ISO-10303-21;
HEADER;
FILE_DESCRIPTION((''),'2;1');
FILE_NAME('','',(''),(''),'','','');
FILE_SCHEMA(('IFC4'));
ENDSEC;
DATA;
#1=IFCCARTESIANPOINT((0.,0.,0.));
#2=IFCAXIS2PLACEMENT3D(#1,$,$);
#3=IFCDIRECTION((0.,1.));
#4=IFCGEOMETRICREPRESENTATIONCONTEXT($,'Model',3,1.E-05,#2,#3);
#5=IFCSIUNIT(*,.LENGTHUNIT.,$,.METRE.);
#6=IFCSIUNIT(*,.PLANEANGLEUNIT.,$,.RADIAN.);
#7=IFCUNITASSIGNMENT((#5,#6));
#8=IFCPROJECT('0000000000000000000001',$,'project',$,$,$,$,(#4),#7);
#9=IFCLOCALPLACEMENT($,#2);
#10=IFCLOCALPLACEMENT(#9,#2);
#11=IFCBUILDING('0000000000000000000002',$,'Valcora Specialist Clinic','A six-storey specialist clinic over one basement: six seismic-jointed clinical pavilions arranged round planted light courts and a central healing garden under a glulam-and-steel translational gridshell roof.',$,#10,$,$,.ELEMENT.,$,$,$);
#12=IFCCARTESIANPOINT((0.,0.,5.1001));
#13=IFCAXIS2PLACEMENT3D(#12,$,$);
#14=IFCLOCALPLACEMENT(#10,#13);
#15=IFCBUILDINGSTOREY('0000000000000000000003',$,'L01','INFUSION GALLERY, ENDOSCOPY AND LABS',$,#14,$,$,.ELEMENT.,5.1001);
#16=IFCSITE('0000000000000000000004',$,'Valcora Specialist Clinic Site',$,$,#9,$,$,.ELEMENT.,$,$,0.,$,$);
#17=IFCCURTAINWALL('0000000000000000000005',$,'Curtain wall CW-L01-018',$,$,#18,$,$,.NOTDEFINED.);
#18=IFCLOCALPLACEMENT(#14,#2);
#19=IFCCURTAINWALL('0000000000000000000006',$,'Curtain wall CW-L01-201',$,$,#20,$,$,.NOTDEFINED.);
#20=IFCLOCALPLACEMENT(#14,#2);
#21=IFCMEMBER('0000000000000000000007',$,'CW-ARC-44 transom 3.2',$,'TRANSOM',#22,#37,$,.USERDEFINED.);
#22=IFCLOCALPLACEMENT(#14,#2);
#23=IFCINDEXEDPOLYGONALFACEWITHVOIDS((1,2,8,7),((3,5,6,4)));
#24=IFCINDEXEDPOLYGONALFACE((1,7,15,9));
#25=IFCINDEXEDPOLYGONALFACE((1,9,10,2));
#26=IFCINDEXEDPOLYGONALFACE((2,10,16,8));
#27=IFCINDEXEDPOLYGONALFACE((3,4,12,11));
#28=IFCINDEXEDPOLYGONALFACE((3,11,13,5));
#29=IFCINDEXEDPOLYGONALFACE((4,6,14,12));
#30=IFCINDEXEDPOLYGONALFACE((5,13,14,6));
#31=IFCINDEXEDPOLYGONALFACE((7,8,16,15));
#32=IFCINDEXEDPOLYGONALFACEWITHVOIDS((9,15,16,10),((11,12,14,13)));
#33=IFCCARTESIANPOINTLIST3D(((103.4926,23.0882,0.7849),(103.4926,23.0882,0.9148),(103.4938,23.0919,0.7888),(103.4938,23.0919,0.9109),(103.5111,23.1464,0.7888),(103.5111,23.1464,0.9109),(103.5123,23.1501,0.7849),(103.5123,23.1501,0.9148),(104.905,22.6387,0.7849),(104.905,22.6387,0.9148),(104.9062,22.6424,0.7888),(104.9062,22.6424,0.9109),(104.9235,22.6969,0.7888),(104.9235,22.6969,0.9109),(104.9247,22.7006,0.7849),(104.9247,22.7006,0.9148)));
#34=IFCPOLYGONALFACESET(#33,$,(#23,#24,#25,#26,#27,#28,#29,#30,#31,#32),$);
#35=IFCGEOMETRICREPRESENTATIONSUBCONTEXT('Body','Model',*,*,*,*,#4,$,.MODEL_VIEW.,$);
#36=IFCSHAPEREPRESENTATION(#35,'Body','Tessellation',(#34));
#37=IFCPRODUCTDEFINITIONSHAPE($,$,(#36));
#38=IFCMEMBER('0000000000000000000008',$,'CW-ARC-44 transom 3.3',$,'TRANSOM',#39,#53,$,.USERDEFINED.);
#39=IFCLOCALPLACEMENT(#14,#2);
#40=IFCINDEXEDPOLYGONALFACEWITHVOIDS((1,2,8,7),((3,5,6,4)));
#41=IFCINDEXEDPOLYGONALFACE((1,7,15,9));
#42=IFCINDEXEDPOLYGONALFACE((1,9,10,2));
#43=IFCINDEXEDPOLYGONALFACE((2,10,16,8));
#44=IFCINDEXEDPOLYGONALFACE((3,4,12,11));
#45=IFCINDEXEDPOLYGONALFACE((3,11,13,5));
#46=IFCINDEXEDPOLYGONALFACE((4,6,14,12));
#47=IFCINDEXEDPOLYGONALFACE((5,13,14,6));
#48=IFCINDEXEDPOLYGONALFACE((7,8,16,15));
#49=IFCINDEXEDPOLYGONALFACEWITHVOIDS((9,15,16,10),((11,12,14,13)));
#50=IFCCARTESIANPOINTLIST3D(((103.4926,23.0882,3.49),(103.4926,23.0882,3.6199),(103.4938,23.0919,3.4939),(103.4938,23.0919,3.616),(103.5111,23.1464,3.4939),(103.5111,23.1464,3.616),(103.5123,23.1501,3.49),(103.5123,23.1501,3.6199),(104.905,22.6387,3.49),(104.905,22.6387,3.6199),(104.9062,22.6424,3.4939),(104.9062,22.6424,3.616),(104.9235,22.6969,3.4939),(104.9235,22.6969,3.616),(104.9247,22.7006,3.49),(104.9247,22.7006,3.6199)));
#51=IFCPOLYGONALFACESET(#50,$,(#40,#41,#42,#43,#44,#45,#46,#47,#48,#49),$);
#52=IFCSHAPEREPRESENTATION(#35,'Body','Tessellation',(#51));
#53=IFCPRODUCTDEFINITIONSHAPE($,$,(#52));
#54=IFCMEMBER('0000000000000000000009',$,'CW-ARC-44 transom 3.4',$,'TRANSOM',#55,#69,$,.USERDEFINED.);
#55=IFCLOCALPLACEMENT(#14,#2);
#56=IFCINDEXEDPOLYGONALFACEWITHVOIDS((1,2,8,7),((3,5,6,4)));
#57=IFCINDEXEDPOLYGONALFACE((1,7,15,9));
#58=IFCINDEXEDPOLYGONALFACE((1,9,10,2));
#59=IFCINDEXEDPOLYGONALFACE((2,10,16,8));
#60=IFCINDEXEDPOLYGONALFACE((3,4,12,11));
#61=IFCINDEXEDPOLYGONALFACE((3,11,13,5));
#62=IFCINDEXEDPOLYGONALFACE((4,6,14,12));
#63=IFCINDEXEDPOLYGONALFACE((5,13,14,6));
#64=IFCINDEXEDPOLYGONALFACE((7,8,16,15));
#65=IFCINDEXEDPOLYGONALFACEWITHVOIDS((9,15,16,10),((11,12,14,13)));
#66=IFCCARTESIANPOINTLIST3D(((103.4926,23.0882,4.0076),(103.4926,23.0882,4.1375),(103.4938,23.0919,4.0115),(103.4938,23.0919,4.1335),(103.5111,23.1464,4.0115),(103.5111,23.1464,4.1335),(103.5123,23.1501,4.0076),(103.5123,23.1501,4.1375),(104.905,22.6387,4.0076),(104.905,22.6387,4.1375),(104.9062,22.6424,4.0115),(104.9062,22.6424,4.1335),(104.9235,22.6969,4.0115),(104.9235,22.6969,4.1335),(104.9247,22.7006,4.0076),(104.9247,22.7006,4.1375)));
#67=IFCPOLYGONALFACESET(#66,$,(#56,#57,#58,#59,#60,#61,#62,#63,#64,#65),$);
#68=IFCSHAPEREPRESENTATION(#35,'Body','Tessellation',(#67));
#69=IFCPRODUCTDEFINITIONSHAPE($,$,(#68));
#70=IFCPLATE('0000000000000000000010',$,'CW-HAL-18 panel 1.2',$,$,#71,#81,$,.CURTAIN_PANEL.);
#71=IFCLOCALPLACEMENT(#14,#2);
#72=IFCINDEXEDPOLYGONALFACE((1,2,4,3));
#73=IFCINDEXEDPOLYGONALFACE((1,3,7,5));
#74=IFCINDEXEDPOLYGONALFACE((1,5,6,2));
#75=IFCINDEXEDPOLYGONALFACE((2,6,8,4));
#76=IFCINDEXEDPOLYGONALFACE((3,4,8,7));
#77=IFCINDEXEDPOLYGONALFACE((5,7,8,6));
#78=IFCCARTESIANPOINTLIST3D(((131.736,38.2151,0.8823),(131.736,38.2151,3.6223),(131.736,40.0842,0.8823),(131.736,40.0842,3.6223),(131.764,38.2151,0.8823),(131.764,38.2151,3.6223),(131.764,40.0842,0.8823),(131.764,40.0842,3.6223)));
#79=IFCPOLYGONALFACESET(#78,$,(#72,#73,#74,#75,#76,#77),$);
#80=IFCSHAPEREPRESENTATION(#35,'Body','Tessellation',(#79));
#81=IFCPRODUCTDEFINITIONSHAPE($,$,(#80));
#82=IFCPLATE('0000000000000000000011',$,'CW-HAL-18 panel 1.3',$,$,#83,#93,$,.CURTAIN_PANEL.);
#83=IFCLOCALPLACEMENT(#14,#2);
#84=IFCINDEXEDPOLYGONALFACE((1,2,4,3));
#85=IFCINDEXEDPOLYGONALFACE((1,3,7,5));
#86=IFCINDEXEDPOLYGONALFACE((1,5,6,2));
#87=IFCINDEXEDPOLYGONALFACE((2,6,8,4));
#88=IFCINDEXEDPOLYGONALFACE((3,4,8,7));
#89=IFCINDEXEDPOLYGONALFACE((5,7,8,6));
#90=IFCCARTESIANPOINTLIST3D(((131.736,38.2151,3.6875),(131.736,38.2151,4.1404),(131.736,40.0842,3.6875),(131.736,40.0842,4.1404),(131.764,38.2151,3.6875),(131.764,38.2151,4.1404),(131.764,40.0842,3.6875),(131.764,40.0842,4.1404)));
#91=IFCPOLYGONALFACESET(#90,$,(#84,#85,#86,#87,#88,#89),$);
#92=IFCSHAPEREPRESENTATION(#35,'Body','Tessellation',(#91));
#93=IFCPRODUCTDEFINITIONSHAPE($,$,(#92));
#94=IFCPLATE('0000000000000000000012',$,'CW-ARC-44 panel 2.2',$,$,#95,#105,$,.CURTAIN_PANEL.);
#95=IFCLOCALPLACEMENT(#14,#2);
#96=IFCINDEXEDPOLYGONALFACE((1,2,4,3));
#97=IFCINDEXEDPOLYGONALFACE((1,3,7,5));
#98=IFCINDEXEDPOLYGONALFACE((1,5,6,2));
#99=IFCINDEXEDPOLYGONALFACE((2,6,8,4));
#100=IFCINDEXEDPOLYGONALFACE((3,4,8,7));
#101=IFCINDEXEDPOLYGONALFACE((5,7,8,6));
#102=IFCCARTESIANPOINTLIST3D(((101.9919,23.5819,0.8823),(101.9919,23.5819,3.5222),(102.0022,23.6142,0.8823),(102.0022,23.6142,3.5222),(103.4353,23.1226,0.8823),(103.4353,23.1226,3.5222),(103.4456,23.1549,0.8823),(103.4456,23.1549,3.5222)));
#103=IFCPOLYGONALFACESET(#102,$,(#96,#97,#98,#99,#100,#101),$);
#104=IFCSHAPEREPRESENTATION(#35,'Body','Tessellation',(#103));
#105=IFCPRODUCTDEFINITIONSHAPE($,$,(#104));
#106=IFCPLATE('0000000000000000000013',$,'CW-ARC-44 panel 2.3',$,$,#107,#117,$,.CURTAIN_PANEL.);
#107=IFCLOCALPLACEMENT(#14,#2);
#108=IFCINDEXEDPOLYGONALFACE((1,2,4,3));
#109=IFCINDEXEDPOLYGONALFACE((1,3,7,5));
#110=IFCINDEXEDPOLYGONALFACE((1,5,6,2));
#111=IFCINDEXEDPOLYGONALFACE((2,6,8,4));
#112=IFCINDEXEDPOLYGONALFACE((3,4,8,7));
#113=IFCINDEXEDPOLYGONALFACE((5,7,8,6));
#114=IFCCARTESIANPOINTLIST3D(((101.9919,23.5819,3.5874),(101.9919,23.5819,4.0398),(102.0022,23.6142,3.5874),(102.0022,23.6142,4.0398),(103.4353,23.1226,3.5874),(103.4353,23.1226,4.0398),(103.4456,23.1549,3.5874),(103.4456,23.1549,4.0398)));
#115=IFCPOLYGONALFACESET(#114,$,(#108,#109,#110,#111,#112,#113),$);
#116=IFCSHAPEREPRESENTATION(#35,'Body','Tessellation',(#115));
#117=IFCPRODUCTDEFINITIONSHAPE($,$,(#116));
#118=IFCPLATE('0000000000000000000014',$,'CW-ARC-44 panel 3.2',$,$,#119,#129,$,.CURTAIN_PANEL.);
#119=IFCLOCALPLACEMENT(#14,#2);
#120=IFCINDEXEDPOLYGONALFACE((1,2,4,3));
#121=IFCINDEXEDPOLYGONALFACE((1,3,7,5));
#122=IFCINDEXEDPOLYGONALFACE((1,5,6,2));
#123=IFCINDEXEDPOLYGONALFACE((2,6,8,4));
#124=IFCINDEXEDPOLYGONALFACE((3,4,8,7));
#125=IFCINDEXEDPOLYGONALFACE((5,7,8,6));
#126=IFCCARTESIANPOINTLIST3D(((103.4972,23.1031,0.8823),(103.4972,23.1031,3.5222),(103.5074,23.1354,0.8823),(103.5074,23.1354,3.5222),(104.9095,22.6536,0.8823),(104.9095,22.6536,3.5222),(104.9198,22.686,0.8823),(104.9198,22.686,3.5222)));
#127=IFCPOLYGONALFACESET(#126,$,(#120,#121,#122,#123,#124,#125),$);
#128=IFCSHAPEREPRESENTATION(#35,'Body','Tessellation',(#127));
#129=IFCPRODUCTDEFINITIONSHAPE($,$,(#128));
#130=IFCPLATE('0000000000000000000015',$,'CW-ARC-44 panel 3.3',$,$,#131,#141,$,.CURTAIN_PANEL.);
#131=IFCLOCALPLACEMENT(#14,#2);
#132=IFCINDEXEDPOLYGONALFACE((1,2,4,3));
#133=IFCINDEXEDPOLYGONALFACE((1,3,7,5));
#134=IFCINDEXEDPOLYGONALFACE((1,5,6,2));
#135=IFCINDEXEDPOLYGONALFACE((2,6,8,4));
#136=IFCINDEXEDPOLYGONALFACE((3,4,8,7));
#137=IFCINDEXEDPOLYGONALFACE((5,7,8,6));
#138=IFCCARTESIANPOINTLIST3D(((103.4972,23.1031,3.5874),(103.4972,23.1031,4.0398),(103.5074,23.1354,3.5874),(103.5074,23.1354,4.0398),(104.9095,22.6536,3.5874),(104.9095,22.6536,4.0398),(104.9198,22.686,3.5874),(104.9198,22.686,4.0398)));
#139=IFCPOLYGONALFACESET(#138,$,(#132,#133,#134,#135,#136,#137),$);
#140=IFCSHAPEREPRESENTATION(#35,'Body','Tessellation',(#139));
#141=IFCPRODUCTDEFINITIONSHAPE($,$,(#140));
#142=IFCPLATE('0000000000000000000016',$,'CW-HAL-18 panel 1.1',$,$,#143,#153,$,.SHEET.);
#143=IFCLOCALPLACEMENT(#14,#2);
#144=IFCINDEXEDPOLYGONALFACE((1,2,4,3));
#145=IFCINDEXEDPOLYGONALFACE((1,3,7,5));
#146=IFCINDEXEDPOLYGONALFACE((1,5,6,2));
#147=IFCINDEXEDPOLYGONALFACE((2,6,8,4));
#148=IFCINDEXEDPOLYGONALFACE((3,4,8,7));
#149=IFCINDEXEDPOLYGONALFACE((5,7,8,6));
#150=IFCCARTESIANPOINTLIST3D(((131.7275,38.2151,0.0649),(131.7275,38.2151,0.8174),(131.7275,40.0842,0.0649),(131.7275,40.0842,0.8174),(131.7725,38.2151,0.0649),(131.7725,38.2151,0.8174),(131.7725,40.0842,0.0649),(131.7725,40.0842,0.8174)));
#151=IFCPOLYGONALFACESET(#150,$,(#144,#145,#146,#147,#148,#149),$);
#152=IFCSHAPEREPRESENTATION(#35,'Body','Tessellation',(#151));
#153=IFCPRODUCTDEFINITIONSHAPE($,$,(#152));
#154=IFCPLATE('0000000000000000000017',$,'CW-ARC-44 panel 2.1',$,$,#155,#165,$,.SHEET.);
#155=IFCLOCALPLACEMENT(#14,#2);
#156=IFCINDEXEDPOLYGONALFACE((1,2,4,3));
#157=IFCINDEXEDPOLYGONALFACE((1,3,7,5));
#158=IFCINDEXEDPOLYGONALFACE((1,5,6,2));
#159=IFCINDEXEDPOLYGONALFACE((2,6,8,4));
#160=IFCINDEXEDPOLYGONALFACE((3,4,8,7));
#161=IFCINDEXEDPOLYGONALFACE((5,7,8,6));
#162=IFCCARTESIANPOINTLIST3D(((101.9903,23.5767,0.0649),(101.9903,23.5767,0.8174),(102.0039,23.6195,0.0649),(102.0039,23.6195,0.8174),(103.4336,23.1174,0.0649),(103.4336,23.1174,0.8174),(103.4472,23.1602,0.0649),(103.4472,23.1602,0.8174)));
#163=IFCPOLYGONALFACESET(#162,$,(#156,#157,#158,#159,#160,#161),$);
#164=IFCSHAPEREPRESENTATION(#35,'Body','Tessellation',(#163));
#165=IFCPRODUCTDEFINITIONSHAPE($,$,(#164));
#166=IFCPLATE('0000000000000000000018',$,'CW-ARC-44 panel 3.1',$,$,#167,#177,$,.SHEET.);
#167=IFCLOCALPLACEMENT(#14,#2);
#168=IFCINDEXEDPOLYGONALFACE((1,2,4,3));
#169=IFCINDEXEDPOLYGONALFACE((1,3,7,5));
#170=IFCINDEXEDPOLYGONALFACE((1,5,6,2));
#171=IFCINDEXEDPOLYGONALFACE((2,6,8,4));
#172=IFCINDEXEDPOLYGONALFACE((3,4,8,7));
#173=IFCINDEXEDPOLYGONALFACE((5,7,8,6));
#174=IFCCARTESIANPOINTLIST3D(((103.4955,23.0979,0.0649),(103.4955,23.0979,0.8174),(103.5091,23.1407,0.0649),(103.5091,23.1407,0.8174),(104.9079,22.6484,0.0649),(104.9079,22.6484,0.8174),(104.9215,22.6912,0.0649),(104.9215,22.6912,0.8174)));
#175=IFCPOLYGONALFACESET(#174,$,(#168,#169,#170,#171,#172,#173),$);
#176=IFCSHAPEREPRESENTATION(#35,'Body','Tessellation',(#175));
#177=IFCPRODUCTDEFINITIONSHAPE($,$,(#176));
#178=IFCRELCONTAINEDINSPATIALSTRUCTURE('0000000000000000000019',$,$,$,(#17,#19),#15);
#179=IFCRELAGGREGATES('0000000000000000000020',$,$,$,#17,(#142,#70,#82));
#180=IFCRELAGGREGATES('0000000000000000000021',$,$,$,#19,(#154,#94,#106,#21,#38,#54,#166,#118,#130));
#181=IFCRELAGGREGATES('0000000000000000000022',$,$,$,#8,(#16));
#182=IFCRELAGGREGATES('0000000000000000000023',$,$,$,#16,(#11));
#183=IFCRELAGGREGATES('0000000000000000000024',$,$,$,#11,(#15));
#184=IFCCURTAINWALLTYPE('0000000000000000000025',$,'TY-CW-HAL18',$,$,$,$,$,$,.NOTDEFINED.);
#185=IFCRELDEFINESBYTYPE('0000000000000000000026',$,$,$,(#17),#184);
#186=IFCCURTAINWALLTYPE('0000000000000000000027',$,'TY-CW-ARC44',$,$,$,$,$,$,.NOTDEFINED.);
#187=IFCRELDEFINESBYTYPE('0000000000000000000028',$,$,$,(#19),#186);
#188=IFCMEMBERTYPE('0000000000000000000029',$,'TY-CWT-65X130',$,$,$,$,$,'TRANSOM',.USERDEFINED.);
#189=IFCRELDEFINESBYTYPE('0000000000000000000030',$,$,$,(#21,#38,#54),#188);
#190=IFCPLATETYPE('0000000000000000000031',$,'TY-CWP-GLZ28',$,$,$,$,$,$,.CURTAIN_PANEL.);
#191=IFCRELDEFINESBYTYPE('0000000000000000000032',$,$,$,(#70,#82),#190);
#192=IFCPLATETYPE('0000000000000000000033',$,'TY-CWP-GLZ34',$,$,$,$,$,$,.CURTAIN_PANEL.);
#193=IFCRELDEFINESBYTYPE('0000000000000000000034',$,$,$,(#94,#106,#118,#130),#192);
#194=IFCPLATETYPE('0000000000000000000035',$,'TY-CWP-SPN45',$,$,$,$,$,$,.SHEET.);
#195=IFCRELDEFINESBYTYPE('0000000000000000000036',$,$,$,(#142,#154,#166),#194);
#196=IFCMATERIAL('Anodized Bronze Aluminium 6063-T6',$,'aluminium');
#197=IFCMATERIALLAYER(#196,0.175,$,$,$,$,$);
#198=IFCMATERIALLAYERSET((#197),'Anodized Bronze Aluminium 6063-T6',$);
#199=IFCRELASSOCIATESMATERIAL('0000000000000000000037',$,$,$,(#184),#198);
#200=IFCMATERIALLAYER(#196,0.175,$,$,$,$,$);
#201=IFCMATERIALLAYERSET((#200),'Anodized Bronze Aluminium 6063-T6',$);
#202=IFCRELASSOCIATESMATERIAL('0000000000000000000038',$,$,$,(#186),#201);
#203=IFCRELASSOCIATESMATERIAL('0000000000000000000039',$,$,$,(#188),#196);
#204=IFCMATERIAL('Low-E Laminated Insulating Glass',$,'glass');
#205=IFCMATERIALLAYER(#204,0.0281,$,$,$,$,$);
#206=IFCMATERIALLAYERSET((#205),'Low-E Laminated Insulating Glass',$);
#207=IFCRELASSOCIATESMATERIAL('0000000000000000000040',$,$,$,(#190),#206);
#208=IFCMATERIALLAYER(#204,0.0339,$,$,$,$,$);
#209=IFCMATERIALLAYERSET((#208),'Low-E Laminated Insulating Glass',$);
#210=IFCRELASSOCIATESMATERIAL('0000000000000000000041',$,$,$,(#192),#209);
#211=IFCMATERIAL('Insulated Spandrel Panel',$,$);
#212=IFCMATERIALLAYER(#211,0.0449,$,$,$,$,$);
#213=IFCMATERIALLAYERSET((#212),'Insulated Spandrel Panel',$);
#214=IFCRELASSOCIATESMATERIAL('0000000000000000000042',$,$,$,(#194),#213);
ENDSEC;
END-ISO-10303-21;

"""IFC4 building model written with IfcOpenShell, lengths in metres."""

from ifc_helpers import new_model, si_unit, direction, frame, origin, origin_2d, place, context, subcontext, project, spatial, rectangle, hollow_rectangle, extrude, material, layer, layer_set, material_profile, profile_set, type_object, element, aggregate, save


model = new_model("IFC4")

# Units and contexts
model_context = context("Model", 3, precision=1e-05, world=origin(), true_north=direction((0.0, 1.0)))
body_context = subcontext(model_context, "Body", "Model", "MODEL_VIEW")
ifc_project = project(units=[si_unit("LENGTHUNIT", "METRE"), si_unit("PLANEANGLEUNIT", "RADIAN")], contexts=[model_context])

# Site, building, storey
site_placement = place(None, origin())
site = spatial("IfcSite", under=ifc_project, at=site_placement, Name="Valcora Specialist Clinic Site", CompositionType="ELEMENT", RefElevation=0.0)
building_placement = place(site_placement, origin())
building = spatial("IfcBuilding", under=site, at=building_placement, Name="Valcora Specialist Clinic", Description="A six-storey specialist clinic over one basement: six seismic-jointed clinical pavilions arranged round planted light courts and a central healing garden under a glulam-and-steel translational gridshell roof.", CompositionType="ELEMENT")
storey_placement = place(building_placement, frame((0.0, 0.0, 5.1001)))
storey = spatial("IfcBuildingStorey", under=building, at=storey_placement, Name="L01", Description="INFUSION GALLERY, ENDOSCOPY AND LABS", CompositionType="ELEMENT", Elevation=5.1001)

# Curtain walls
ifc_material_1 = material(Name="Anodized Bronze Aluminium 6063-T6", Category="aluminium")
ifc_layer_1 = layer(ifc_material_1, 0.175)
ifc_layer_set_1 = layer_set([ifc_layer_1], Name="Anodized Bronze Aluminium 6063-T6")
curtain_wall_type_1 = type_object("IfcCurtainWallType", Name="TY-CW-HAL18", PredefinedType="NOTDEFINED", material=ifc_layer_set_1)
curtain_wall_1_placement = place(storey_placement, origin())
curtain_wall_1 = element("IfcCurtainWall", 1, at=curtain_wall_1_placement, inside=storey, type_object=curtain_wall_type_1, Name="Curtain wall CW-L01-018", PredefinedType="NOTDEFINED")
ifc_layer_2 = layer(ifc_material_1, 0.175)
ifc_layer_set_2 = layer_set([ifc_layer_2], Name="Anodized Bronze Aluminium 6063-T6")
curtain_wall_type_2 = type_object("IfcCurtainWallType", Name="TY-CW-ARC44", PredefinedType="NOTDEFINED", material=ifc_layer_set_2)
curtain_wall_2_placement = place(storey_placement, origin())
curtain_wall_2 = element("IfcCurtainWall", 2, at=curtain_wall_2_placement, inside=storey, type_object=curtain_wall_type_2, Name="Curtain wall CW-L01-201", PredefinedType="NOTDEFINED")

# Members
ifc_material_profile_1 = material_profile(ifc_material_1, hollow_rectangle(XDim=0.0649, YDim=0.1299, WallThickness=0.0039, at=origin_2d()), Name="AL-TRN-65X130")
ifc_profile_set_1 = profile_set([ifc_material_profile_1], Name="Anodized Bronze Aluminium 6063-T6")
member_type_1 = type_object("IfcMemberType", Name="TY-CWT-65X130", ElementType="TRANSOM", PredefinedType="USERDEFINED", material=ifc_profile_set_1)
member_1_placement = place(storey_placement, frame((103.5024, 23.1191, 0.8499), z_axis=(0.952911, -0.303251, 0.0), x_axis=(0.303251, 0.952911, 0.0)))
member_1 = element("IfcMember", 3, at=member_1_placement, type_object=member_type_1, Name="CW-ARC-44 transom 3.2", ObjectType="TRANSOM", PredefinedType="USERDEFINED", context=body_context, shape_type="SweptSolid", body=[
    extrude(hollow_rectangle(XDim=0.0649, YDim=0.1299, WallThickness=0.0039, at=origin_2d()), origin(), (0.0, 0.0, 1.0), 1.4822),
])
member_2_placement = place(storey_placement, frame((103.5024, 23.1191, 3.5549), z_axis=(0.952911, -0.303251, 0.0), x_axis=(0.303251, 0.952911, 0.0)))
member_2 = element("IfcMember", 4, at=member_2_placement, type_object=member_type_1, Name="CW-ARC-44 transom 3.3", ObjectType="TRANSOM", PredefinedType="USERDEFINED", context=body_context, shape_type="SweptSolid", body=[
    extrude(hollow_rectangle(XDim=0.0649, YDim=0.1299, WallThickness=0.0039, at=origin_2d()), origin(), (0.0, 0.0, 1.0), 1.4822),
])
member_3_placement = place(storey_placement, frame((103.5024, 23.1191, 4.0725), z_axis=(0.952911, -0.303251, 0.0), x_axis=(0.303251, 0.952911, 0.0)))
member_3 = element("IfcMember", 5, at=member_3_placement, type_object=member_type_1, Name="CW-ARC-44 transom 3.4", ObjectType="TRANSOM", PredefinedType="USERDEFINED", context=body_context, shape_type="SweptSolid", body=[
    extrude(hollow_rectangle(XDim=0.0649, YDim=0.1299, WallThickness=0.0039, at=origin_2d()), origin(), (0.0, 0.0, 1.0), 1.4822),
])

# Plates
ifc_material_2 = material(Name="Low-E Laminated Insulating Glass", Category="glass")
ifc_layer_3 = layer(ifc_material_2, 0.0281)
ifc_layer_set_3 = layer_set([ifc_layer_3], Name="Low-E Laminated Insulating Glass")
plate_type_1 = type_object("IfcPlateType", Name="TY-CWP-GLZ28", PredefinedType="CURTAIN_PANEL", material=ifc_layer_set_3)
plate_1_placement = place(storey_placement, frame((131.75, 39.1497, 0.8823), z_axis=(0.0, 0.0, 1.0), x_axis=(0.0, 1.0, 0.0)))
plate_1 = element("IfcPlate", 6, at=plate_1_placement, type_object=plate_type_1, Name="CW-HAL-18 panel 1.2", PredefinedType="CURTAIN_PANEL", context=body_context, shape_type="SweptSolid", body=[
    extrude(rectangle(XDim=1.8691, YDim=0.0281, at=origin_2d()), origin(), (0.0, 0.0, 1.0), 2.74),
])
plate_2_placement = place(storey_placement, frame((131.75, 39.1497, 3.6875), z_axis=(0.0, 0.0, 1.0), x_axis=(0.0, 1.0, 0.0)))
plate_2 = element("IfcPlate", 7, at=plate_2_placement, type_object=plate_type_1, Name="CW-HAL-18 panel 1.3", PredefinedType="CURTAIN_PANEL", context=body_context, shape_type="SweptSolid", body=[
    extrude(rectangle(XDim=1.8691, YDim=0.0281, at=origin_2d()), origin(), (0.0, 0.0, 1.0), 0.4529),
])
ifc_layer_4 = layer(ifc_material_2, 0.0339)
ifc_layer_set_4 = layer_set([ifc_layer_4], Name="Low-E Laminated Insulating Glass")
plate_type_2 = type_object("IfcPlateType", Name="TY-CWP-GLZ34", PredefinedType="CURTAIN_PANEL", material=ifc_layer_set_4)
plate_3_placement = place(storey_placement, frame((102.7188, 23.3684, 0.8823), z_axis=(0.0, 0.0, 1.0), x_axis=(0.952916, -0.303233, 0.0)))
plate_3 = element("IfcPlate", 8, at=plate_3_placement, type_object=plate_type_2, Name="CW-ARC-44 panel 2.2", PredefinedType="CURTAIN_PANEL", context=body_context, shape_type="SweptSolid", body=[
    extrude(rectangle(XDim=1.5146, YDim=0.0339, at=origin_2d()), origin(), (0.0, 0.0, 1.0), 2.6399),
])
plate_4_placement = place(storey_placement, frame((102.7188, 23.3684, 3.5874), z_axis=(0.0, 0.0, 1.0), x_axis=(0.952916, -0.303233, 0.0)))
plate_4 = element("IfcPlate", 9, at=plate_4_placement, type_object=plate_type_2, Name="CW-ARC-44 panel 2.3", PredefinedType="CURTAIN_PANEL", context=body_context, shape_type="SweptSolid", body=[
    extrude(rectangle(XDim=1.5146, YDim=0.0339, at=origin_2d()), origin(), (0.0, 0.0, 1.0), 0.4524),
])
plate_5_placement = place(storey_placement, frame((104.2085, 22.8945, 0.8823), z_axis=(0.0, 0.0, 1.0), x_axis=(0.952916, -0.303233, 0.0)))
plate_5 = element("IfcPlate", 10, at=plate_5_placement, type_object=plate_type_2, Name="CW-ARC-44 panel 3.2", PredefinedType="CURTAIN_PANEL", context=body_context, shape_type="SweptSolid", body=[
    extrude(rectangle(XDim=1.4822, YDim=0.0339, at=origin_2d()), origin(), (0.0, 0.0, 1.0), 2.6399),
])
plate_6_placement = place(storey_placement, frame((104.2085, 22.8945, 3.5874), z_axis=(0.0, 0.0, 1.0), x_axis=(0.952916, -0.303233, 0.0)))
plate_6 = element("IfcPlate", 11, at=plate_6_placement, type_object=plate_type_2, Name="CW-ARC-44 panel 3.3", PredefinedType="CURTAIN_PANEL", context=body_context, shape_type="SweptSolid", body=[
    extrude(rectangle(XDim=1.4822, YDim=0.0339, at=origin_2d()), origin(), (0.0, 0.0, 1.0), 0.4524),
])
ifc_material_3 = material(Name="Insulated Spandrel Panel")
ifc_layer_5 = layer(ifc_material_3, 0.0449)
ifc_layer_set_5 = layer_set([ifc_layer_5], Name="Insulated Spandrel Panel")
plate_type_3 = type_object("IfcPlateType", Name="TY-CWP-SPN45", PredefinedType="SHEET", material=ifc_layer_set_5)
plate_7_placement = place(storey_placement, frame((131.75, 39.1497, 0.0649), z_axis=(0.0, 0.0, 1.0), x_axis=(0.0, 1.0, 0.0)))
plate_7 = element("IfcPlate", 12, at=plate_7_placement, type_object=plate_type_3, Name="CW-HAL-18 panel 1.1", PredefinedType="SHEET", context=body_context, shape_type="SweptSolid", body=[
    extrude(rectangle(XDim=1.8691, YDim=0.0449, at=origin_2d()), origin(), (0.0, 0.0, 1.0), 0.7524),
])
aggregate(curtain_wall_1, [plate_7, plate_1, plate_2])
plate_8_placement = place(storey_placement, frame((102.7188, 23.3684, 0.0649), z_axis=(0.0, 0.0, 1.0), x_axis=(0.952916, -0.303233, 0.0)))
plate_8 = element("IfcPlate", 13, at=plate_8_placement, type_object=plate_type_3, Name="CW-ARC-44 panel 2.1", PredefinedType="SHEET", context=body_context, shape_type="SweptSolid", body=[
    extrude(rectangle(XDim=1.5146, YDim=0.0449, at=origin_2d()), origin(), (0.0, 0.0, 1.0), 0.7524),
])
plate_9_placement = place(storey_placement, frame((104.2085, 22.8945, 0.0649), z_axis=(0.0, 0.0, 1.0), x_axis=(0.952916, -0.303233, 0.0)))
plate_9 = element("IfcPlate", 14, at=plate_9_placement, type_object=plate_type_3, Name="CW-ARC-44 panel 3.1", PredefinedType="SHEET", context=body_context, shape_type="SweptSolid", body=[
    extrude(rectangle(XDim=1.4822, YDim=0.0449, at=origin_2d()), origin(), (0.0, 0.0, 1.0), 0.7524),
])
aggregate(curtain_wall_2, [plate_8, plate_3, plate_4, member_1, member_2, member_3, plate_9, plate_5, plate_6])

save(model, "model.ifc")
